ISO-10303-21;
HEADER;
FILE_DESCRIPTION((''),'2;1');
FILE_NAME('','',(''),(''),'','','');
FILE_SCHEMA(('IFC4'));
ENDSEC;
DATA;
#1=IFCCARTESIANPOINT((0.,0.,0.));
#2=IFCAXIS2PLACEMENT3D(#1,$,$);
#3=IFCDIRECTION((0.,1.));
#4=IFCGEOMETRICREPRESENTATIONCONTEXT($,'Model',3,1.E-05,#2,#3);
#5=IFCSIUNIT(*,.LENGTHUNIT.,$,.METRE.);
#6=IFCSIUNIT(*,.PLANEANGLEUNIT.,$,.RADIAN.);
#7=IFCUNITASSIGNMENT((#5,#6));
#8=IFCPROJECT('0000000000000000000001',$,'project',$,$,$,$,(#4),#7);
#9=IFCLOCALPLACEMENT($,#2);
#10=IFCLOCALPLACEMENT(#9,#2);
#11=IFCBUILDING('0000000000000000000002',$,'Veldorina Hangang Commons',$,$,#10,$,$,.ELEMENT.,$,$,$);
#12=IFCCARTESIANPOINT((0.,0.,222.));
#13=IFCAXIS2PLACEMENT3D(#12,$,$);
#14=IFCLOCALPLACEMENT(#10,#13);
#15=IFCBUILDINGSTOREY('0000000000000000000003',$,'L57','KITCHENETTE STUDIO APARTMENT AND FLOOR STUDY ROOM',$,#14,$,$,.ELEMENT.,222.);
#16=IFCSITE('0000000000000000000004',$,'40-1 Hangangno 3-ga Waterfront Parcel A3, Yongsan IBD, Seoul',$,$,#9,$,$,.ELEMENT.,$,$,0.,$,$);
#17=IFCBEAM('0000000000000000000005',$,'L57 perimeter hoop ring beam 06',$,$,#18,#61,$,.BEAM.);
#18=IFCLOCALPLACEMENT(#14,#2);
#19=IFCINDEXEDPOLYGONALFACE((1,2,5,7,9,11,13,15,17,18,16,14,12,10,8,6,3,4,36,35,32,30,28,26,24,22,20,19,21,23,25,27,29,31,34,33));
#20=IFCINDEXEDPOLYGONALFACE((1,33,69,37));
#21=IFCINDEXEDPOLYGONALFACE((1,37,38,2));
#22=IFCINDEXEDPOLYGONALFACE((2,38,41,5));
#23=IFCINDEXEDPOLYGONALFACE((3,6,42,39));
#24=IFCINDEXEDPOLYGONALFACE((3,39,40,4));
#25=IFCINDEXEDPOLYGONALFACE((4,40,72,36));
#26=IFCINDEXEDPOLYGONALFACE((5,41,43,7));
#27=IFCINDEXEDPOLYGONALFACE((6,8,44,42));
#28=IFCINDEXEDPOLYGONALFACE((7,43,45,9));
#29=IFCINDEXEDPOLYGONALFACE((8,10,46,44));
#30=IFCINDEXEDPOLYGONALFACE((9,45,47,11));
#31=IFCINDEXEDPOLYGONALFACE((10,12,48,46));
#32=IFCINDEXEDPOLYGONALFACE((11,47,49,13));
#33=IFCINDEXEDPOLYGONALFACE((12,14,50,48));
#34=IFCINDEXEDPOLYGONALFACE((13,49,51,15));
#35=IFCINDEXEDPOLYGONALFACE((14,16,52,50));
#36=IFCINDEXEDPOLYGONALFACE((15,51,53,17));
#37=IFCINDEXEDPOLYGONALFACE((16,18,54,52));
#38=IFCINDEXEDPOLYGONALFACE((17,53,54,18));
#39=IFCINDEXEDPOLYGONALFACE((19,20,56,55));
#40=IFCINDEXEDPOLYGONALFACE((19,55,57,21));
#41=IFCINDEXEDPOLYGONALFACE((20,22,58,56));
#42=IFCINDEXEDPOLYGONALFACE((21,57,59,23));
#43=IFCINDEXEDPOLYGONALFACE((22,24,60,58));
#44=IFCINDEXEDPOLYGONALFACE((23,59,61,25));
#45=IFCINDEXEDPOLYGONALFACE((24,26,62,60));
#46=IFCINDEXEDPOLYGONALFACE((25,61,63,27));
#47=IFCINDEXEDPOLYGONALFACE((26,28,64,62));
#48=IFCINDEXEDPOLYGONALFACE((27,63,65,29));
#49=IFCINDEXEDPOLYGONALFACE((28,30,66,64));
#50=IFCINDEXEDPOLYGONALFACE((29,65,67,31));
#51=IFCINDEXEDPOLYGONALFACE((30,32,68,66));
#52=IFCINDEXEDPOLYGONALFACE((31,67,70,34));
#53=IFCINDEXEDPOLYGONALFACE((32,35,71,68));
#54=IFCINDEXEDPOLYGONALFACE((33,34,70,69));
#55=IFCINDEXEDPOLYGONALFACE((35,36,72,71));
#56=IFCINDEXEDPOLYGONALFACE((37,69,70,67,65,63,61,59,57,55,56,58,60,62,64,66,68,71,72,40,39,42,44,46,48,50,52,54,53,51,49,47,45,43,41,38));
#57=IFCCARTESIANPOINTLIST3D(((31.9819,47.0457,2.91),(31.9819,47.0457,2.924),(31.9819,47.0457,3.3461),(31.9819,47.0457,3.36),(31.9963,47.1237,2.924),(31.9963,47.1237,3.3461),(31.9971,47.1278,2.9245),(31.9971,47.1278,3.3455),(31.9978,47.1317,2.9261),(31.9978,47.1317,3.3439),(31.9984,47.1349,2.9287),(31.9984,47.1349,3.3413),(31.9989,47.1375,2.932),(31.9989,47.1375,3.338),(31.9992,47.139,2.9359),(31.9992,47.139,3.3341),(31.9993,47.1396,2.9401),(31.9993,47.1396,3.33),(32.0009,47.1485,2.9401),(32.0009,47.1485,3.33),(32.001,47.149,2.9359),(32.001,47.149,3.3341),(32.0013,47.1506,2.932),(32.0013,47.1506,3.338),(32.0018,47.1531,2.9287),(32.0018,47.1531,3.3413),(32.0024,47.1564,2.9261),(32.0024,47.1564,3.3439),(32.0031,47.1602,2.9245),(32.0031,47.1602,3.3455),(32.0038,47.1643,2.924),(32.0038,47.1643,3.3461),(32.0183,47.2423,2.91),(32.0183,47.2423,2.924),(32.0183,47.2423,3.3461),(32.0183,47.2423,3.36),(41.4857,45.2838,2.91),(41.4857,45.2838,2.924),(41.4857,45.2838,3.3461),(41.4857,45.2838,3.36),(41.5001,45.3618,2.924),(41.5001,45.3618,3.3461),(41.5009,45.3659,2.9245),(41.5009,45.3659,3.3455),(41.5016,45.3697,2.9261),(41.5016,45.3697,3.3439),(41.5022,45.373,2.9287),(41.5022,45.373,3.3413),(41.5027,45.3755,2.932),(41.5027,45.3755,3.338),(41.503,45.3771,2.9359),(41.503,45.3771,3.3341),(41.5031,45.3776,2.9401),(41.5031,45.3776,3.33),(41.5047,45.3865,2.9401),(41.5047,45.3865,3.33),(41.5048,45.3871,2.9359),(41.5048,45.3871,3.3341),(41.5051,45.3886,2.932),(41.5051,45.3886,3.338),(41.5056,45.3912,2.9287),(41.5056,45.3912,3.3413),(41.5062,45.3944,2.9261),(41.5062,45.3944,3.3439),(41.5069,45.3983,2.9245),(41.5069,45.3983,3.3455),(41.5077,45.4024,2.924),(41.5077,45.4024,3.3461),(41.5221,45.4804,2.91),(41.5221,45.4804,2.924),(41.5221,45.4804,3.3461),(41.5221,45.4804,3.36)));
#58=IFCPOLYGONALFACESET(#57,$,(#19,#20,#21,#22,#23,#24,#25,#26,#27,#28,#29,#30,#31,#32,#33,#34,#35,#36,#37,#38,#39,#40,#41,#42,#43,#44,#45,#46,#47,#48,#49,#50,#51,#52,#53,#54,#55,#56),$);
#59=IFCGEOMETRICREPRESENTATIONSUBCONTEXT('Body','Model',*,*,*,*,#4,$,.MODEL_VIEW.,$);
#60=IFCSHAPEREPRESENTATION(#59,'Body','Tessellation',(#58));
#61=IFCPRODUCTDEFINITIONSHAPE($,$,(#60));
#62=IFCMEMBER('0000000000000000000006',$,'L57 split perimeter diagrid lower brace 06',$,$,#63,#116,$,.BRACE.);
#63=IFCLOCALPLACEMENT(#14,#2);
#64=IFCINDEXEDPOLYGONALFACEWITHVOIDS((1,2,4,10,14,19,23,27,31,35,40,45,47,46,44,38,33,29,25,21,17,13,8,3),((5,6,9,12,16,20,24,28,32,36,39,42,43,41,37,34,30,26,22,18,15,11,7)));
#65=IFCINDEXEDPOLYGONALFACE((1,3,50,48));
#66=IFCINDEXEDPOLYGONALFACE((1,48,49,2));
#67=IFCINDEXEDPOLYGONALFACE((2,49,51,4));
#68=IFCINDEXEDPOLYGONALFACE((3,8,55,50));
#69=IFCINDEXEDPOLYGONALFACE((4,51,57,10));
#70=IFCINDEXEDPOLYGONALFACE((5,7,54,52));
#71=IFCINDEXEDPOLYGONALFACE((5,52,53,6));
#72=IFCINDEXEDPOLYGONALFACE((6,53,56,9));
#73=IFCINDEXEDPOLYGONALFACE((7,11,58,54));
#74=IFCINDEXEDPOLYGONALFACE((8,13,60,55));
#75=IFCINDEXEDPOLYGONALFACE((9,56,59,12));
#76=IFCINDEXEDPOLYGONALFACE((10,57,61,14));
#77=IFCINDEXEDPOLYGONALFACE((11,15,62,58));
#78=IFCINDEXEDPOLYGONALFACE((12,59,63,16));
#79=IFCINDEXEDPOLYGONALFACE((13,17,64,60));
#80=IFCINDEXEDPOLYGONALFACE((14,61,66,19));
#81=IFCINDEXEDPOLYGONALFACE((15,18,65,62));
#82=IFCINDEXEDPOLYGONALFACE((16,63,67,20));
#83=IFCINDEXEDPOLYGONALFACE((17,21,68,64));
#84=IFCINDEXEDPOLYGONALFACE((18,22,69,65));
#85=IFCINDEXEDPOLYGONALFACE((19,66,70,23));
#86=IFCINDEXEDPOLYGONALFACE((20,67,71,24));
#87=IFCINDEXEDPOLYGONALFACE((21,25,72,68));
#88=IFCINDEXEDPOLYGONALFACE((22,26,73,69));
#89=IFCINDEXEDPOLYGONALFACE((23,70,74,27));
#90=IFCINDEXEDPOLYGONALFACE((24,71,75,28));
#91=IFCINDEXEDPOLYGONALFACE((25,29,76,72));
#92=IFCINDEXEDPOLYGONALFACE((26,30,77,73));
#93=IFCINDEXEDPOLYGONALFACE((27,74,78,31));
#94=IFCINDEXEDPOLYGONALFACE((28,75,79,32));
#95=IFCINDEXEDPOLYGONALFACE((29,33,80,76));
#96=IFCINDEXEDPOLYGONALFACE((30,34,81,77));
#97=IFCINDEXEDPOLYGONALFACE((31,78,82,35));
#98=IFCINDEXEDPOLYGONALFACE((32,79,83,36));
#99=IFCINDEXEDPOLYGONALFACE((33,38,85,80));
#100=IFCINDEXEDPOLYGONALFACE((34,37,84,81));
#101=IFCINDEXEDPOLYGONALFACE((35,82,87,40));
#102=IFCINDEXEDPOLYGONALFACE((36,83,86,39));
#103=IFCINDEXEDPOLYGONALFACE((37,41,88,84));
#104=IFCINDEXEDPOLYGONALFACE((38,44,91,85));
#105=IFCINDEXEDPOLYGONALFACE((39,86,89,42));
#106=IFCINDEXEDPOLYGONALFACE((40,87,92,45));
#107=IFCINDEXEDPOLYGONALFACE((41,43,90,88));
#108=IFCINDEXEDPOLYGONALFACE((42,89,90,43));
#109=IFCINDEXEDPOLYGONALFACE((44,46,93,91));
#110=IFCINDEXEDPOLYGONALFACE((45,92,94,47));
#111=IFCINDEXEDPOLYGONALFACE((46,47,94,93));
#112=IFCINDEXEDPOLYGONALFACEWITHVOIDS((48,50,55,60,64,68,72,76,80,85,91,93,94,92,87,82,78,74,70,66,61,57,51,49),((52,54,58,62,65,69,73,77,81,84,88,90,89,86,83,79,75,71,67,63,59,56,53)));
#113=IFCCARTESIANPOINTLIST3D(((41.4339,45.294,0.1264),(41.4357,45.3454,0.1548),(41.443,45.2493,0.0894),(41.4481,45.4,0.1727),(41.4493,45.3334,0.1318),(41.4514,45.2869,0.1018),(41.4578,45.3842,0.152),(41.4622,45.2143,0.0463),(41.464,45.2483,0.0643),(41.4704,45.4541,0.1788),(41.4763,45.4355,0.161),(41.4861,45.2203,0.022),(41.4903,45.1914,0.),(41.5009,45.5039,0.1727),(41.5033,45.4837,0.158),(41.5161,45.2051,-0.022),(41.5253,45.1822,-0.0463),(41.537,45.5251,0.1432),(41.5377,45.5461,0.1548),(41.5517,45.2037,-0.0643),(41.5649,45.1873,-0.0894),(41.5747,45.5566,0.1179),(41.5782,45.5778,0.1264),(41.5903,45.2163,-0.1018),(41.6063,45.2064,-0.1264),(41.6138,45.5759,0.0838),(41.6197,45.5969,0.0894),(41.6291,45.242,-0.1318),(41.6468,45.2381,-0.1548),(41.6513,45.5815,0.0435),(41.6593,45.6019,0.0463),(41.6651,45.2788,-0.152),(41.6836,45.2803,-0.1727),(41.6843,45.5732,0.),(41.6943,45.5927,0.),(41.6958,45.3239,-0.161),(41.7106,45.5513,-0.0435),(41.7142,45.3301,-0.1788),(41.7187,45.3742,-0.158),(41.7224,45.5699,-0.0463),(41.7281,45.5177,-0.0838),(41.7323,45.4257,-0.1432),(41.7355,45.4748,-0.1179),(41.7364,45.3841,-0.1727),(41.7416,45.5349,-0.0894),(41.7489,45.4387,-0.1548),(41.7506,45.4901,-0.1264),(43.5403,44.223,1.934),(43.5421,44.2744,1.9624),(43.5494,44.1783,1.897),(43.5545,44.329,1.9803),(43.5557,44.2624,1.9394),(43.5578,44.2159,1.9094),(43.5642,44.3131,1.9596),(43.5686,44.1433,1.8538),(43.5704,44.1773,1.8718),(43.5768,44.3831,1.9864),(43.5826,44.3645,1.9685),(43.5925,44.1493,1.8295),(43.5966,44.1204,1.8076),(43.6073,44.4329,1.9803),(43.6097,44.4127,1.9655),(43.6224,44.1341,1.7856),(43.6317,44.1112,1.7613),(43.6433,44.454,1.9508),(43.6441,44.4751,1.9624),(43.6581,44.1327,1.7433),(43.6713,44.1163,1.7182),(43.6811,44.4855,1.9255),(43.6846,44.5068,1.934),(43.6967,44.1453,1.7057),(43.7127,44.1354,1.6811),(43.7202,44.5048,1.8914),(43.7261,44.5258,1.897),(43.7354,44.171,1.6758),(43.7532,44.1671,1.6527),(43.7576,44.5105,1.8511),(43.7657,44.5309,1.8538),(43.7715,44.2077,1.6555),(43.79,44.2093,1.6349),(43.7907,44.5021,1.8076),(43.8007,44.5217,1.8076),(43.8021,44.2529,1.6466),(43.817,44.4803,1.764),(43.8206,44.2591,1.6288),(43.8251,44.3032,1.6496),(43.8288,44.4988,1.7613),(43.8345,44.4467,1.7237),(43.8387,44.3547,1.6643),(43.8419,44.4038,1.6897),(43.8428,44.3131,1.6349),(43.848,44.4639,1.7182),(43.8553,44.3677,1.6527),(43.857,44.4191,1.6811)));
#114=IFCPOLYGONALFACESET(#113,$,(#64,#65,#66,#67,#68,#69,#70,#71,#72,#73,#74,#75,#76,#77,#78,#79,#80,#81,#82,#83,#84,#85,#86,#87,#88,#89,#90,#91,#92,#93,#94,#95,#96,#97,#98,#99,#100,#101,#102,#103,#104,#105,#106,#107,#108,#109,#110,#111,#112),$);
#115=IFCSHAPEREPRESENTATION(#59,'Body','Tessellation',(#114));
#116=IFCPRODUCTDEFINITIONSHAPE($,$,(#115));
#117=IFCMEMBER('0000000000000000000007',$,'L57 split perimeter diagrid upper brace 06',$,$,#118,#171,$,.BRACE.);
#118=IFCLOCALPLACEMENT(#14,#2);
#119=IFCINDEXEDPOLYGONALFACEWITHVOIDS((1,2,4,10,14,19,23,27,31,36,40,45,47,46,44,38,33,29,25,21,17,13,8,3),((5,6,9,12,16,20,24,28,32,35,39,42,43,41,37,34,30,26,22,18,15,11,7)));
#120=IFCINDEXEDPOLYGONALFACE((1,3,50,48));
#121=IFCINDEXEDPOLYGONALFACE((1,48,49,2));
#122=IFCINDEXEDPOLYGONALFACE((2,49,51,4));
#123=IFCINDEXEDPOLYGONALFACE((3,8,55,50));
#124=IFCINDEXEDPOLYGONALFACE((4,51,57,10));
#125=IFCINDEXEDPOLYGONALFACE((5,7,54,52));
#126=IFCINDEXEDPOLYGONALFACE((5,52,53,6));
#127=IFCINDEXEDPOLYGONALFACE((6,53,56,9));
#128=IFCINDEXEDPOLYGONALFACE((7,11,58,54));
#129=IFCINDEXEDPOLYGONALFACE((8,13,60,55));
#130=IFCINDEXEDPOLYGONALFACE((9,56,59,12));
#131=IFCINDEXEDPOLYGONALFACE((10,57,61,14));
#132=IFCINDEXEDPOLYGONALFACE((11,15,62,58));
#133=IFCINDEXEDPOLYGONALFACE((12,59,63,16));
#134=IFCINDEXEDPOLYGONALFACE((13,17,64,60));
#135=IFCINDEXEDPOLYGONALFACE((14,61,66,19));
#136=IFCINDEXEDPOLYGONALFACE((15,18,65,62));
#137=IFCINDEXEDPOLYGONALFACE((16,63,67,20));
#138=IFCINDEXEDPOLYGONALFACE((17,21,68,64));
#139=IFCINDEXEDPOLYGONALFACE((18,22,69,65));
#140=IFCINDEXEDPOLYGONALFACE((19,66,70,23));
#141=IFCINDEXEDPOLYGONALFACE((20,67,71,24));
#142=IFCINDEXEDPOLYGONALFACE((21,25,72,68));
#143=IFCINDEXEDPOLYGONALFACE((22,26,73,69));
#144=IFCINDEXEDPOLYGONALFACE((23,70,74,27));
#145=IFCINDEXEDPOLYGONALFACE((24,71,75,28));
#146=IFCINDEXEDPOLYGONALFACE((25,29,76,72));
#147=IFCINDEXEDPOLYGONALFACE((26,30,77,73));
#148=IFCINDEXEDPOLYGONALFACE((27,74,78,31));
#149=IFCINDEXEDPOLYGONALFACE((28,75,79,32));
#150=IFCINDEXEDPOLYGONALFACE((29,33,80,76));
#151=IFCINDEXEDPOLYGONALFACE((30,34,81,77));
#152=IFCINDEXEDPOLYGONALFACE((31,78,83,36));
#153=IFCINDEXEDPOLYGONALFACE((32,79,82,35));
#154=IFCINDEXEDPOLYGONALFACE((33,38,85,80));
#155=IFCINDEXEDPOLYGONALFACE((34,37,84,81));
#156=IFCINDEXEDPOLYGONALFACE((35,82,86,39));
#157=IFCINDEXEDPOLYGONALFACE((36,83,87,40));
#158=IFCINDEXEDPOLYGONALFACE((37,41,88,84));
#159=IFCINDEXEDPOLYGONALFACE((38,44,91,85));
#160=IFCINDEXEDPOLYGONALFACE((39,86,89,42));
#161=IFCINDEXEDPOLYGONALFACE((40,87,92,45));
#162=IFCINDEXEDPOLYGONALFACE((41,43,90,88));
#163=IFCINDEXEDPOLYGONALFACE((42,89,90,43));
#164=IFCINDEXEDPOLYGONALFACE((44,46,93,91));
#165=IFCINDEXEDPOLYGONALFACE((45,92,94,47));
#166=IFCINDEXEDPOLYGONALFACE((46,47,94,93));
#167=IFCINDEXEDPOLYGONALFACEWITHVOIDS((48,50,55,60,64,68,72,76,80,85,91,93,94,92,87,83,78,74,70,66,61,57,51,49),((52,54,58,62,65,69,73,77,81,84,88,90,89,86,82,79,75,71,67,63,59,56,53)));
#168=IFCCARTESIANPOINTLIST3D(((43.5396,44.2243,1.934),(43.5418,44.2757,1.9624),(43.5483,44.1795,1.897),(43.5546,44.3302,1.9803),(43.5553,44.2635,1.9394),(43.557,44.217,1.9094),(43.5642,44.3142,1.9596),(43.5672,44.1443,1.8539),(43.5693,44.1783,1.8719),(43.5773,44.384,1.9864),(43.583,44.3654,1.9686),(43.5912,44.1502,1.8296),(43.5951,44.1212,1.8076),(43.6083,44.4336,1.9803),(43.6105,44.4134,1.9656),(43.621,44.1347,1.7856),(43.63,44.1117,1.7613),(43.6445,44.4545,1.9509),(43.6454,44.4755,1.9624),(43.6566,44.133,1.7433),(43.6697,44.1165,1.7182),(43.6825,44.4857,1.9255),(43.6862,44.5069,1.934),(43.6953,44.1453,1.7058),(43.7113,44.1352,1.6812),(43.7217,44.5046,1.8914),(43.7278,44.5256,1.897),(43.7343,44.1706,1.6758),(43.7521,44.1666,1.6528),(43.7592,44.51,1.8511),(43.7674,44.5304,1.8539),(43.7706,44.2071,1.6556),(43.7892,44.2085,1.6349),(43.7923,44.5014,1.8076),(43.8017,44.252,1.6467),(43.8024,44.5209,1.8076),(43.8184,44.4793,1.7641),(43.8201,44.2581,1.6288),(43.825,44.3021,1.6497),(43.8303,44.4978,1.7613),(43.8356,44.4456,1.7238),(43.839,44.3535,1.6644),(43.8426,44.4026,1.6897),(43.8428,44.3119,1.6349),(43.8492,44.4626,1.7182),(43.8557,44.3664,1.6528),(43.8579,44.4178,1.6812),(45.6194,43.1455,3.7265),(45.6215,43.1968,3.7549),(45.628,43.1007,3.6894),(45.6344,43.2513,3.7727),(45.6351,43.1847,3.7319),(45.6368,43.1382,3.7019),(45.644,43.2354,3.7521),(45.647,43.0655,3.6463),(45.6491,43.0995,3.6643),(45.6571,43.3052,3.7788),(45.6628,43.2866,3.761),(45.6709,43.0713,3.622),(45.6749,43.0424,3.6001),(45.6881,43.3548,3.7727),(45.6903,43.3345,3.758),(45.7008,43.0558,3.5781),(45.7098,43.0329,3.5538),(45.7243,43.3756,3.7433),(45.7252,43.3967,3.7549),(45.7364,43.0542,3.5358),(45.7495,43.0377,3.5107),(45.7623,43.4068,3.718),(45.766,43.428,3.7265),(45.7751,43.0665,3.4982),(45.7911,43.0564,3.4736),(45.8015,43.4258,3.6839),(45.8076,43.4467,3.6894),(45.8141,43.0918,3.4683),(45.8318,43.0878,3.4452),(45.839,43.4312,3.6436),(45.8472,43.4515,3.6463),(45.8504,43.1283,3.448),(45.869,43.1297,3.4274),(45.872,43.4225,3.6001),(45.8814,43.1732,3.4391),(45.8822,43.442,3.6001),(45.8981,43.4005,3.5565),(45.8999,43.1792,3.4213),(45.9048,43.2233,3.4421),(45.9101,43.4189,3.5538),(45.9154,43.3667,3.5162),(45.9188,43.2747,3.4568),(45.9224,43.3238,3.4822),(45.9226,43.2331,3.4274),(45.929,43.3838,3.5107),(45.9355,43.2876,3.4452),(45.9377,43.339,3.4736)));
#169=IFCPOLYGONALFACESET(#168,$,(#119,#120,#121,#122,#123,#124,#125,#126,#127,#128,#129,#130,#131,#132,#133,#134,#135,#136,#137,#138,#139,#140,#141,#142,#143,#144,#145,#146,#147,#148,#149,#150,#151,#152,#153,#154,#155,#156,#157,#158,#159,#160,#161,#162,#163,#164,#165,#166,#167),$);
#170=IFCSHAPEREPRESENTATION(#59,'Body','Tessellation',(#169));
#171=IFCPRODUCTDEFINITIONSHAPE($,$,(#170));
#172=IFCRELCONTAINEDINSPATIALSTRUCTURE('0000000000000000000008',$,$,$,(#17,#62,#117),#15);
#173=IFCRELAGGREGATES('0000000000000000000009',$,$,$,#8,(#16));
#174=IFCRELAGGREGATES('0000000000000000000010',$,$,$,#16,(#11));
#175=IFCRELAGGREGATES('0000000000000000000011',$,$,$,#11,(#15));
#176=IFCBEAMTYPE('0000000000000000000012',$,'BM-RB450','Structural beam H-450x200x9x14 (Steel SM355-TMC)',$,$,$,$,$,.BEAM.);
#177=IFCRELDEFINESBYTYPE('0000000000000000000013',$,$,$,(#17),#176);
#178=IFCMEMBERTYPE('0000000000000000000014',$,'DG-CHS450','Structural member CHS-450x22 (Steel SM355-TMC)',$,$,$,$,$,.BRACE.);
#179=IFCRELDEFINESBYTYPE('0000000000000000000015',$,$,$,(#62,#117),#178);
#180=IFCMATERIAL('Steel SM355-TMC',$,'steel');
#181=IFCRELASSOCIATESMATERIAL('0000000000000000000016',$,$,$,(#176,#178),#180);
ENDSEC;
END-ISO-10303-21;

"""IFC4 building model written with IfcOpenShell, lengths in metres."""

from ifc_helpers import new_model, si_unit, direction, frame, origin, origin_2d, place, context, subcontext, project, spatial, hollow_circle, i_section, extrude, material, material_profile, profile_set, type_object, element, save


model = new_model("IFC4")

# Units and contexts
model_context = context("Model", 3, precision=1e-05, world=origin(), true_north=direction((0.0, 1.0)))
body_context = subcontext(model_context, "Body", "Model", "MODEL_VIEW")
ifc_project = project(units=[si_unit("LENGTHUNIT", "METRE"), si_unit("PLANEANGLEUNIT", "RADIAN")], contexts=[model_context])

# Site, building, storey
site_placement = place(None, origin())
site = spatial("IfcSite", under=ifc_project, at=site_placement, Name="40-1 Hangangno 3-ga Waterfront Parcel A3, Yongsan IBD, Seoul", CompositionType="ELEMENT", RefElevation=0.0)
building_placement = place(site_placement, origin())
building = spatial("IfcBuilding", under=site, at=building_placement, Name="Veldorina Hangang Commons", CompositionType="ELEMENT")
storey_placement = place(building_placement, frame((0.0, 0.0, 222.0)))
storey = spatial("IfcBuildingStorey", under=building, at=storey_placement, Name="L57", Description="KITCHENETTE STUDIO APARTMENT AND FLOOR STUDY ROOM", CompositionType="ELEMENT", Elevation=222.0)

# Beam
ifc_material_1 = material(Name="Steel SM355-TMC", Category="steel")
ifc_material_profile_1 = material_profile(ifc_material_1, i_section(OverallWidth=0.2, OverallDepth=0.45, WebThickness=0.009, FlangeThickness=0.0139, FilletRadius=0.0161, at=origin_2d()), Name="H-450x200x9x14")
ifc_profile_set_1 = profile_set([ifc_material_profile_1], Name="Steel SM355-TMC")
beam_type = type_object("IfcBeamType", Name="BM-RB450", Description="Structural beam H-450x200x9x14 (Steel SM355-TMC)", PredefinedType="BEAM", material=ifc_profile_set_1)
beam_placement = place(storey_placement, frame((41.5039, 45.3821, 3.135), z_axis=(-0.983245, 0.182287, 0.0), x_axis=(-0.182287, -0.983245, 0.0)))
element("IfcBeam", 1, at=beam_placement, inside=storey, type_object=beam_type, Name="L57 perimeter hoop ring beam 06", PredefinedType="BEAM", context=body_context, shape_type="SweptSolid", body=[
    extrude(i_section(OverallWidth=0.2, OverallDepth=0.45, WebThickness=0.009, FlangeThickness=0.0139, FilletRadius=0.0161, at=origin_2d()), origin(), (0.0, 0.0, 1.0), 9.6658),
])

# Members
ifc_material_profile_2 = material_profile(ifc_material_1, hollow_circle(Radius=0.2251, WallThickness=0.022, at=origin_2d()), Name="CHS-450x22")
ifc_profile_set_2 = profile_set([ifc_material_profile_2], Name="Steel SM355-TMC")
member_type_1 = type_object("IfcMemberType", Name="DG-CHS450", Description="Structural member CHS-450x22 (Steel SM355-TMC)", PredefinedType="BRACE", material=ifc_profile_set_2)
member_1_placement = place(storey_placement, frame((41.5923, 45.3921, 0.0), z_axis=(0.708005, -0.359993, 0.607565), x_axis=(0.453237, 0.89139, 0.0)))
element("IfcMember", 2, at=member_1_placement, inside=storey, type_object=member_type_1, Name="L57 split perimeter diagrid lower brace 06", PredefinedType="BRACE", context=body_context, shape_type="SweptSolid", body=[
    extrude(hollow_circle(Radius=0.2251, WallThickness=0.022, at=origin_2d()), origin(), (0.0, 0.0, 1.0), 2.9751),
])
member_2_placement = place(storey_placement, frame((43.6987, 44.321, 1.8076), z_axis=(0.705023, -0.365712, 0.607616), x_axis=(0.46046, 0.88768, 0.0)))
element("IfcMember", 3, at=member_2_placement, inside=storey, type_object=member_type_1, Name="L57 split perimeter diagrid upper brace 06", PredefinedType="BRACE", context=body_context, shape_type="SweptSolid", body=[
    extrude(hollow_circle(Radius=0.2251, WallThickness=0.022, at=origin_2d()), origin(), (0.0, 0.0, 1.0), 2.95),
])

save(model, "model.ifc")
